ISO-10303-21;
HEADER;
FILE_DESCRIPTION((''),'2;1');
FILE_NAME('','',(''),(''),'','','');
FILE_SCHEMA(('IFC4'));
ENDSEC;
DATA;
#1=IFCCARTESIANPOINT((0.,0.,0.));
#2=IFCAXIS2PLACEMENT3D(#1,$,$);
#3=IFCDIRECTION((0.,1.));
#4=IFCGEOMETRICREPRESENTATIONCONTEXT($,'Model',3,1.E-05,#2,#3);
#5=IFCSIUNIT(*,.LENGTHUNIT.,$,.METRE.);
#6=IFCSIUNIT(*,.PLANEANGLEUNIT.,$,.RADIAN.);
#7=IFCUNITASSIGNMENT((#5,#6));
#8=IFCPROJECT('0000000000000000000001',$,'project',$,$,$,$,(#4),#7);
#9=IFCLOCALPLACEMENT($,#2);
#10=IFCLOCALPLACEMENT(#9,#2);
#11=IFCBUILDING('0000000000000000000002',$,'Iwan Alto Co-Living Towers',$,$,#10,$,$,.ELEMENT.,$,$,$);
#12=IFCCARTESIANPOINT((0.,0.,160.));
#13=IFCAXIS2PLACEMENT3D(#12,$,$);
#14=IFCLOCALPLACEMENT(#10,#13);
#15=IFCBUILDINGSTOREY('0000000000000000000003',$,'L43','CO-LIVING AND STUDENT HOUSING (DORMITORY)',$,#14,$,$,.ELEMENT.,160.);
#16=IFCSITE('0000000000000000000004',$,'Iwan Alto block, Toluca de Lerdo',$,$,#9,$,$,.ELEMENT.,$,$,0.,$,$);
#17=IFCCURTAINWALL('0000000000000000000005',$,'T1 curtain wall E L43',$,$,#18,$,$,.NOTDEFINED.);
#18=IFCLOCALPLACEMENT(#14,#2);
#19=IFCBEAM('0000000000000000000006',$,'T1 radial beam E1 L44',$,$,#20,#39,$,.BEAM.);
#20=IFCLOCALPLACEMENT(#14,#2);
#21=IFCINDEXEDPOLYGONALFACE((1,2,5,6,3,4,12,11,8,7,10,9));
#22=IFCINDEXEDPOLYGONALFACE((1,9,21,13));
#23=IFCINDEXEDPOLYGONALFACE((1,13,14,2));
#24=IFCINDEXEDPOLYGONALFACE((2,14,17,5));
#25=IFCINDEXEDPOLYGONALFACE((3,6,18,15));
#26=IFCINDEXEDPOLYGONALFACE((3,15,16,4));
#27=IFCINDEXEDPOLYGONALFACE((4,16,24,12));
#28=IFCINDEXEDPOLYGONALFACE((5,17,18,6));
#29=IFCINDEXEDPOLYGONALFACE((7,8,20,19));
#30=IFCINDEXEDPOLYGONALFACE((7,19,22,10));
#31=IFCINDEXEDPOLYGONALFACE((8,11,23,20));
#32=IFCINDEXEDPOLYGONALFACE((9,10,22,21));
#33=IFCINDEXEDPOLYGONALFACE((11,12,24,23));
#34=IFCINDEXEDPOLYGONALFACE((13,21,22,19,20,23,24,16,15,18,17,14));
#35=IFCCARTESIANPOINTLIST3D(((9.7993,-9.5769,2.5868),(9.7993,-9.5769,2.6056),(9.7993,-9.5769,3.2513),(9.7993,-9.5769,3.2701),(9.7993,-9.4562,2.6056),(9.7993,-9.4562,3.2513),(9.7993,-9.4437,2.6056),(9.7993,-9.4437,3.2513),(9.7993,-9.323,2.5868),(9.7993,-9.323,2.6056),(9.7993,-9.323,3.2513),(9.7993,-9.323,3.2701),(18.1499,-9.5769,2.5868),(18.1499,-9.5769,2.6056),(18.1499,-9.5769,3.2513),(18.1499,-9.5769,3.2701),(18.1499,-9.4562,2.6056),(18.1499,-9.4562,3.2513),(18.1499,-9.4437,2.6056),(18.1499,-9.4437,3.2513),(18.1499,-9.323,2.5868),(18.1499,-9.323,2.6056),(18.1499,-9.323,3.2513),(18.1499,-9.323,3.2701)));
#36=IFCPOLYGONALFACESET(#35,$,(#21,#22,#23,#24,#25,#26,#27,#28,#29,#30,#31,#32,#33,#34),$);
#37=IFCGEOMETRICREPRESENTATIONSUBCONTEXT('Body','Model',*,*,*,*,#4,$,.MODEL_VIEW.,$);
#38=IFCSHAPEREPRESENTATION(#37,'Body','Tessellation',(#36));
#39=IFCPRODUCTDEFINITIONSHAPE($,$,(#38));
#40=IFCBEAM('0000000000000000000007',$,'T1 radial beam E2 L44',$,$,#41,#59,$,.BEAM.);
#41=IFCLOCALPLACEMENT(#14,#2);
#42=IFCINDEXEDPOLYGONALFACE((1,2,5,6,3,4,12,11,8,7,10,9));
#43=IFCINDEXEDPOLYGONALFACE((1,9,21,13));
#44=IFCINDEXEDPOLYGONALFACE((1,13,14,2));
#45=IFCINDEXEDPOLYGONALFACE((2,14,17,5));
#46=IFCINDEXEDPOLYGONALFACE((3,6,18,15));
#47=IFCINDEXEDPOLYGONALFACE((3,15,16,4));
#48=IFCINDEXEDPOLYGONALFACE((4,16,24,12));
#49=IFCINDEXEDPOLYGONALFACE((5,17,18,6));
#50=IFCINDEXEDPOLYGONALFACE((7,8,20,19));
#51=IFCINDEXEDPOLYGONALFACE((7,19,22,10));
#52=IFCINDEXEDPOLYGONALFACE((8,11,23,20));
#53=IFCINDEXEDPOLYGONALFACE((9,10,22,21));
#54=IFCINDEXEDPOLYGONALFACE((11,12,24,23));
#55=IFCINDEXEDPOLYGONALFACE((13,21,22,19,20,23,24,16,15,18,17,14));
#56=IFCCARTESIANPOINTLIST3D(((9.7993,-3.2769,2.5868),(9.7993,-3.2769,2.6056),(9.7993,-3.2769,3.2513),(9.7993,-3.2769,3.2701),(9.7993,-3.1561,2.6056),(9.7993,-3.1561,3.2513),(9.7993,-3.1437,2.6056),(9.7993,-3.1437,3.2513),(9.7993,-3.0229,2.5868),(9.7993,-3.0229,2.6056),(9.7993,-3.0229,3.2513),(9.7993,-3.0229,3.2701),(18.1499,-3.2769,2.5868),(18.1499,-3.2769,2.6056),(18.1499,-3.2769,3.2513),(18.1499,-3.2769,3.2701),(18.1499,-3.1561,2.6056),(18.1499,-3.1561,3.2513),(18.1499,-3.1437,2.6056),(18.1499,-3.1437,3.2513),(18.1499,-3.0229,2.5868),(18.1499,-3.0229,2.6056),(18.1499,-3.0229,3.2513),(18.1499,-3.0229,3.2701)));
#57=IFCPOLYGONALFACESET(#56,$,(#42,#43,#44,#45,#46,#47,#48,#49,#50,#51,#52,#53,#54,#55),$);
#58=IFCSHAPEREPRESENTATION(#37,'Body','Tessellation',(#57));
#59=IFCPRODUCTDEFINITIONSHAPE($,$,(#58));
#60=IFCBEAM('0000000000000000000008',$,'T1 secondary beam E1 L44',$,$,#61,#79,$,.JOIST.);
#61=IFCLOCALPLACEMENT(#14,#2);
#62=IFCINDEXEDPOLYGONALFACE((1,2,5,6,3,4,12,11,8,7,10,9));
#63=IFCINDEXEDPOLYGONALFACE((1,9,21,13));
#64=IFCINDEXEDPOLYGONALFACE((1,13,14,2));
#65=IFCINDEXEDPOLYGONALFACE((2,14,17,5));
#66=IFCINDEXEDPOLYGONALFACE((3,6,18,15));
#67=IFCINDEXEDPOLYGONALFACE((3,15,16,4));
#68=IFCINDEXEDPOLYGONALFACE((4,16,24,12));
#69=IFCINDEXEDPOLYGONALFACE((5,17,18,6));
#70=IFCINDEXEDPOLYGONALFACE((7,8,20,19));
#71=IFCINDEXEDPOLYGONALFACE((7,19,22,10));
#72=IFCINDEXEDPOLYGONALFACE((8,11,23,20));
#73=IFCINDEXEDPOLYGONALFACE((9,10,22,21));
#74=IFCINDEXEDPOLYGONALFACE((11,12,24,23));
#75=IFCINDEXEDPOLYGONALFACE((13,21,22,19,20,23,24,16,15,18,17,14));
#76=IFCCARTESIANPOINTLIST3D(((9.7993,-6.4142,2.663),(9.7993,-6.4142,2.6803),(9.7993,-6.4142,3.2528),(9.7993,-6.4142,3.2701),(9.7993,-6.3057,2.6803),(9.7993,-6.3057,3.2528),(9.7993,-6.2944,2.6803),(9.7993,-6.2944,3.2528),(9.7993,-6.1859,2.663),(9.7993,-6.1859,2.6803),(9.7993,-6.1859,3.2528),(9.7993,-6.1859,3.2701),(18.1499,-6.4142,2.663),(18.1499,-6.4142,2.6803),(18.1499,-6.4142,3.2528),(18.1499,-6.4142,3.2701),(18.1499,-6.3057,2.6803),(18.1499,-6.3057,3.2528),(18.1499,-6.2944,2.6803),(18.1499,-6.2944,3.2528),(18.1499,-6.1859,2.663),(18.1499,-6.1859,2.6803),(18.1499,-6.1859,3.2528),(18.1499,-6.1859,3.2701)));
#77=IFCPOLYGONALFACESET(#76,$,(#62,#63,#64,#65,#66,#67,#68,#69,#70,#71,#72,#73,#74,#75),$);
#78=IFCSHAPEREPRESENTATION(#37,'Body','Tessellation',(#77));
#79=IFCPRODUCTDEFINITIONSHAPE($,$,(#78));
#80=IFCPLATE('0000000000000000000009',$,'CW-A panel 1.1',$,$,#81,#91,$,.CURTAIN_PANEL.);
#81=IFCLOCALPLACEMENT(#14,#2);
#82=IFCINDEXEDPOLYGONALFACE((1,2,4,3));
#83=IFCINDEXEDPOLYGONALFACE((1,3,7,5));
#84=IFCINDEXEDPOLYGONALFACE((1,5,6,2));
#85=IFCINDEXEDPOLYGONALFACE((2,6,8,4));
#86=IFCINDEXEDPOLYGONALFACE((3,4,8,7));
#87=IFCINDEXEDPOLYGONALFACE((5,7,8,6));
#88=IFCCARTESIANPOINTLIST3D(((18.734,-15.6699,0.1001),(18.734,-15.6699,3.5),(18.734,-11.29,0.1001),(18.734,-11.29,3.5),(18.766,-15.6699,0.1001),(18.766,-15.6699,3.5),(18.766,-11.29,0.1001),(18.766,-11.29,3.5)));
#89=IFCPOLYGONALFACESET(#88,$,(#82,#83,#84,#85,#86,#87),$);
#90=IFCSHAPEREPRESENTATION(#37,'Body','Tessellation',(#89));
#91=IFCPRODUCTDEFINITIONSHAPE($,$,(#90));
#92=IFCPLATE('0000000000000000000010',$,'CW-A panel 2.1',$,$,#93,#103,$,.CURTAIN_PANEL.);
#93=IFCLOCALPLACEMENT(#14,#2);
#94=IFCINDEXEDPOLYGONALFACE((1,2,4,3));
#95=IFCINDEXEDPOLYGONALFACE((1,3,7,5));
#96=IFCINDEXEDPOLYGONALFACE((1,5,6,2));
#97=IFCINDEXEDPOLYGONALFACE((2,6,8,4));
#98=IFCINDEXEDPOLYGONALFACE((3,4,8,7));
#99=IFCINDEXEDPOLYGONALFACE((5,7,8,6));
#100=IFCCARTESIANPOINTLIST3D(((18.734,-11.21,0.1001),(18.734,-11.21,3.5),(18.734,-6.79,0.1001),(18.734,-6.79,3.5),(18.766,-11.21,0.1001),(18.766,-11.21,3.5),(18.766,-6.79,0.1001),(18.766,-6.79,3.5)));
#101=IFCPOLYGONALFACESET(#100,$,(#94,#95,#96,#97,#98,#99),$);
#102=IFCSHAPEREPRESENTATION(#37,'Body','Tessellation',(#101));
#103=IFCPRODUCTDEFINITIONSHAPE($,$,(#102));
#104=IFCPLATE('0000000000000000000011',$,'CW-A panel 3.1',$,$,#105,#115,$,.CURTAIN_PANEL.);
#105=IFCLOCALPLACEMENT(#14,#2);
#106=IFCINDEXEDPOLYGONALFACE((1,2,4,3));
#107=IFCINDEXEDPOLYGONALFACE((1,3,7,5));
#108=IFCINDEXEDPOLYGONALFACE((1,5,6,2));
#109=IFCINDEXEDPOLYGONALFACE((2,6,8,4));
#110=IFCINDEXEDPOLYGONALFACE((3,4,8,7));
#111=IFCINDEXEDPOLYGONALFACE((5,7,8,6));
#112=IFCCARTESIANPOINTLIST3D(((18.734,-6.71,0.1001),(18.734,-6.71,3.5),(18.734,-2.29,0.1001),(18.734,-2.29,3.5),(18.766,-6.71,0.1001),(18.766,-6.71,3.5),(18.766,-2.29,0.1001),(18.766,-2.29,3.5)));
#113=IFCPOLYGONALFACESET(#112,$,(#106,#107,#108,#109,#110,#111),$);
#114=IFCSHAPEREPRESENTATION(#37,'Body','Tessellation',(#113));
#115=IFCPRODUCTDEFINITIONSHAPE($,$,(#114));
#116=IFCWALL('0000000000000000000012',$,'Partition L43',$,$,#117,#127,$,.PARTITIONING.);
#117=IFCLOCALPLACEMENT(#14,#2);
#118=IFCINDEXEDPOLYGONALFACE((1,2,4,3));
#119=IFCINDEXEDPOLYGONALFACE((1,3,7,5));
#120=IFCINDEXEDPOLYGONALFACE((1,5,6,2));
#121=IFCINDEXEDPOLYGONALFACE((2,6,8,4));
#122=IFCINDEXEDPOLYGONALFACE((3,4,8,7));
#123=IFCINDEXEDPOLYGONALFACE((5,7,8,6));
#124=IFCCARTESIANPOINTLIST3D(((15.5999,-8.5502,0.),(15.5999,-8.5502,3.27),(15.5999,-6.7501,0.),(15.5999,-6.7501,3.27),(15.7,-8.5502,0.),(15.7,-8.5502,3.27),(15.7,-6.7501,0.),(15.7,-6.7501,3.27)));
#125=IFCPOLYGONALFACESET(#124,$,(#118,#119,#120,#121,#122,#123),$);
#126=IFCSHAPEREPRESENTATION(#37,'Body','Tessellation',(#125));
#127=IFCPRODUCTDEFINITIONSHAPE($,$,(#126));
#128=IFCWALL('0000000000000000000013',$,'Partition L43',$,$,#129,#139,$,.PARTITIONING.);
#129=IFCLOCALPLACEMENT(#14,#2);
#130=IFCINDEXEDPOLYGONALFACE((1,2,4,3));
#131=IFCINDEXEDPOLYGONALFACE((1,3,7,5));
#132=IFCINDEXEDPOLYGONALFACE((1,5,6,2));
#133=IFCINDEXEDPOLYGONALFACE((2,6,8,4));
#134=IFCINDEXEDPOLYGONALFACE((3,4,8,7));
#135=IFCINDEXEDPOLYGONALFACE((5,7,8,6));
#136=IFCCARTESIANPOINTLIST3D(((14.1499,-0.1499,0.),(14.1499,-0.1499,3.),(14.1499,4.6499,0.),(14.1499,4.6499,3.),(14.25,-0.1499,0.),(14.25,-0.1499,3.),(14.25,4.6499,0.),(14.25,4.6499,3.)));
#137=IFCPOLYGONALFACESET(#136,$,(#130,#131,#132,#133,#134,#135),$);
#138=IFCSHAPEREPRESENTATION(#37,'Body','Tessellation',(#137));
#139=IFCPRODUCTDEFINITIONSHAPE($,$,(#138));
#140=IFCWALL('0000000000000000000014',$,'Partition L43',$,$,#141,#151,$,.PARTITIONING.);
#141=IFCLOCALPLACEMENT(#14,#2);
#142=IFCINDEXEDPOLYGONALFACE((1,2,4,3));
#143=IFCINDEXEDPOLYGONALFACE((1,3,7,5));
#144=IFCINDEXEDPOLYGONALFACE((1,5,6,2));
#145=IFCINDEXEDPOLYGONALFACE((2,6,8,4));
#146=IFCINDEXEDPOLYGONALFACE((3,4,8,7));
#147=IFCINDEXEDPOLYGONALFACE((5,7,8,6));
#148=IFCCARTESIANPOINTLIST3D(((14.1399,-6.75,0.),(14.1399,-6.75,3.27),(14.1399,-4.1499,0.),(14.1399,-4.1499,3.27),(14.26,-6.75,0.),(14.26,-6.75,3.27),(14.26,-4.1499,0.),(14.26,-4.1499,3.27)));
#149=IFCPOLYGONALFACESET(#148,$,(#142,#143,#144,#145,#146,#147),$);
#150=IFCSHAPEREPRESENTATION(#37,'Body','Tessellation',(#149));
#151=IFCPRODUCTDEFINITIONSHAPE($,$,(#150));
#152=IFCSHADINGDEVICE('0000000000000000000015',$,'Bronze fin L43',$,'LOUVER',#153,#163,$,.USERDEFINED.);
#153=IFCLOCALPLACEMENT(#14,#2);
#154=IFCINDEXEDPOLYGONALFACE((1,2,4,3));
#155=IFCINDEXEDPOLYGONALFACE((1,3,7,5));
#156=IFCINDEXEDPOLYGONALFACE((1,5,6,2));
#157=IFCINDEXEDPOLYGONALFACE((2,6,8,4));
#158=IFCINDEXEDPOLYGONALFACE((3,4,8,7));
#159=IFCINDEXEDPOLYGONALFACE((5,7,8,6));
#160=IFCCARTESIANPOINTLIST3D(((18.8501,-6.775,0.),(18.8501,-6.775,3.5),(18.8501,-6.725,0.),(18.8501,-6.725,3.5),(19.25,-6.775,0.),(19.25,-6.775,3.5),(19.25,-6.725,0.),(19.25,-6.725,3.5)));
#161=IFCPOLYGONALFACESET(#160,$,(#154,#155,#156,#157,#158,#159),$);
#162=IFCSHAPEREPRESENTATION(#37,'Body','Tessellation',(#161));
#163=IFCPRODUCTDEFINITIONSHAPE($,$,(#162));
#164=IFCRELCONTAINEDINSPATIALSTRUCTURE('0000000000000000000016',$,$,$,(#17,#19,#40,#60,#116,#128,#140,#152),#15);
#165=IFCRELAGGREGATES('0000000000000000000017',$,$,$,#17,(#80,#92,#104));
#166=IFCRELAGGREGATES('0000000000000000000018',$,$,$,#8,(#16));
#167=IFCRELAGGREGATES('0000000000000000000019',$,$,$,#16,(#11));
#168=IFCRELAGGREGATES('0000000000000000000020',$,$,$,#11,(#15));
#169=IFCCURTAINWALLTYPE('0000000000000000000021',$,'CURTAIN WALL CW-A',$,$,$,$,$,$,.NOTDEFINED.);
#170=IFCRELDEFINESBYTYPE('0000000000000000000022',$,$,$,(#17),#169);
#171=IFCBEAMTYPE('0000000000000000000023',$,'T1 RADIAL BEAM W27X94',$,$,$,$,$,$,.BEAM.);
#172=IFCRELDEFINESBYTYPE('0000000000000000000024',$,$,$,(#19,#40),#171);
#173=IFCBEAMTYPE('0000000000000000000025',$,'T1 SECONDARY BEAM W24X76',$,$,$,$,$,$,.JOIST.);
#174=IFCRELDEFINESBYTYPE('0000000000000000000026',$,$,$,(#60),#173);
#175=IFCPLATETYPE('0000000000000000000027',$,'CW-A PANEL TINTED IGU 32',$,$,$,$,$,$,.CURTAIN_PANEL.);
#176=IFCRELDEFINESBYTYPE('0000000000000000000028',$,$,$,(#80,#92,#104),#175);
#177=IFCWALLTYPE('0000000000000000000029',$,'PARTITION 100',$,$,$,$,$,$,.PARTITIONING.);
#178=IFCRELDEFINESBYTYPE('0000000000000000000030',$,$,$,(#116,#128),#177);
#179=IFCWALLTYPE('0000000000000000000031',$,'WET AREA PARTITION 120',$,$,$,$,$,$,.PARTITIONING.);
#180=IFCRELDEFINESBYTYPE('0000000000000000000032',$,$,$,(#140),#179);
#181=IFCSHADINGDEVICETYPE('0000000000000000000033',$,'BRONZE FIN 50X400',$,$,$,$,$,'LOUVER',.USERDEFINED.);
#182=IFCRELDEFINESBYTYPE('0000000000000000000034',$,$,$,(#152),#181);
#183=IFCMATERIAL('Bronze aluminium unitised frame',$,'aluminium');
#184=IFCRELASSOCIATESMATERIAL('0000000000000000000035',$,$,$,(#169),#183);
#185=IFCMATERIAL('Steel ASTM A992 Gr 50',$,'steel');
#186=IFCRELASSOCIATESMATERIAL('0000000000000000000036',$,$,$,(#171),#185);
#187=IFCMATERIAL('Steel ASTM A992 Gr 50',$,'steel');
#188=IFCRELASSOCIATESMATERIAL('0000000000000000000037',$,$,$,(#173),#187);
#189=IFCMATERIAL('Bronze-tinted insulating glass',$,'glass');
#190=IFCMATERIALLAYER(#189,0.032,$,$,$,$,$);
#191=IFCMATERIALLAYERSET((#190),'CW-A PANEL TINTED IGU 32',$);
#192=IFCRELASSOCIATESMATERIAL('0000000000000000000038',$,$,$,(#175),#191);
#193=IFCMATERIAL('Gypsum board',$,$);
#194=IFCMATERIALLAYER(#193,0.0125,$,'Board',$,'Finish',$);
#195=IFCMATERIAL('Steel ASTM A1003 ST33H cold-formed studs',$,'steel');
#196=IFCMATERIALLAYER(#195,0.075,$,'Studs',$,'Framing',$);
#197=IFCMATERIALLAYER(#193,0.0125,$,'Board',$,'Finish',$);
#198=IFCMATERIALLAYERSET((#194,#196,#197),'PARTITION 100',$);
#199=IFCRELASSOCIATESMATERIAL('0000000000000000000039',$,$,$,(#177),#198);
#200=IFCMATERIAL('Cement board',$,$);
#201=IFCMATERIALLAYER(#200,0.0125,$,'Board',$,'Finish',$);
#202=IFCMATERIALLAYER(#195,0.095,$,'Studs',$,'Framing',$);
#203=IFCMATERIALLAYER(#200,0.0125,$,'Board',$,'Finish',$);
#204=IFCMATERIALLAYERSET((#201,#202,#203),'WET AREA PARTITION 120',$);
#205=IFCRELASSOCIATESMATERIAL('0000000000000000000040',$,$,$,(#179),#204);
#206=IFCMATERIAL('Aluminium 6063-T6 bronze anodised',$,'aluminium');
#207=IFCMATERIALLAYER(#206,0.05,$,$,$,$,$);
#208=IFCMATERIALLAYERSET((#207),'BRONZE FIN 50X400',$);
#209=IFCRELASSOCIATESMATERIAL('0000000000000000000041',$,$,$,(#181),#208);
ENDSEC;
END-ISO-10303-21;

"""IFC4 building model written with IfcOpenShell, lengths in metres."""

from ifc_helpers import new_model, si_unit, direction, frame, frame_2d, origin, origin_2d, place, context, subcontext, project, spatial, rectangle, i_section, extrude, material, layer, layer_set, material_profile, profile_set, type_object, element, aggregate, save


model = new_model("IFC4")

# Units and contexts
model_context = context("Model", 3, precision=1e-05, world=origin(), true_north=direction((0.0, 1.0)))
body_context = subcontext(model_context, "Body", "Model", "MODEL_VIEW")
ifc_project = project(units=[si_unit("LENGTHUNIT", "METRE"), si_unit("PLANEANGLEUNIT", "RADIAN")], contexts=[model_context])

# Site, building, storey
site_placement = place(None, origin())
site = spatial("IfcSite", under=ifc_project, at=site_placement, Name="Iwan Alto block, Toluca de Lerdo", CompositionType="ELEMENT", RefElevation=0.0)
building_placement = place(site_placement, origin())
building = spatial("IfcBuilding", under=site, at=building_placement, Name="Iwan Alto Co-Living Towers", CompositionType="ELEMENT")
storey_placement = place(building_placement, frame((0.0, 0.0, 160.0)))
storey = spatial("IfcBuildingStorey", under=building, at=storey_placement, Name="L43", Description="CO-LIVING AND STUDENT HOUSING (DORMITORY)", CompositionType="ELEMENT", Elevation=160.0)

# Curtain wall
ifc_material_1 = material(Name="Bronze aluminium unitised frame", Category="aluminium")
curtain_wall_type = type_object("IfcCurtainWallType", Name="CURTAIN WALL CW-A", PredefinedType="NOTDEFINED", material=ifc_material_1)
curtain_wall_placement = place(storey_placement, origin())
curtain_wall = element("IfcCurtainWall", 1, at=curtain_wall_placement, inside=storey, type_object=curtain_wall_type, Name="T1 curtain wall E L43", PredefinedType="NOTDEFINED")

# Beams
ifc_material_2 = material(Name="Steel ASTM A992 Gr 50", Category="steel")
ifc_material_profile_1 = material_profile(ifc_material_2, i_section(OverallWidth=0.2539, OverallDepth=0.6833, WebThickness=0.0125, FlangeThickness=0.0188, at=origin_2d()), Name="W27X94")
ifc_profile_set_1 = profile_set([ifc_material_profile_1], Name="Steel ASTM A992 Gr 50")
beam_type_1 = type_object("IfcBeamType", Name="T1 RADIAL BEAM W27X94", PredefinedType="BEAM", material=ifc_profile_set_1)
for number, where, z_axis, x_axis, name in (
    (2, (18.1499, -9.45, 2.9285), (-1.0, 0.0, 0.0), (0.0, -1.0, 0.0), "T1 radial beam E1 L44"),
    (3, (18.1499, -3.1499, 2.9285), (-1.0, 0.0, 0.0), (0.0, -1.0, 0.0), "T1 radial beam E2 L44"),
):
    element("IfcBeam", number, at=place(storey_placement, frame(where, z_axis=z_axis, x_axis=x_axis)), inside=storey, type_object=beam_type_1, Name=name, PredefinedType="BEAM", context=body_context, shape_type="SweptSolid", body=[
        extrude(i_section(OverallWidth=0.2539, OverallDepth=0.6833, WebThickness=0.0125, FlangeThickness=0.0188, at=origin_2d()), origin(), (0.0, 0.0, 1.0), 8.3506),
    ])
ifc_material_3 = material(Name="Steel ASTM A992 Gr 50", Category="steel")
ifc_material_profile_2 = material_profile(ifc_material_3, i_section(OverallWidth=0.2283, OverallDepth=0.6072, WebThickness=0.0112, FlangeThickness=0.0173, at=origin_2d()), Name="W24X76")
ifc_profile_set_2 = profile_set([ifc_material_profile_2], Name="Steel ASTM A992 Gr 50")
beam_type_2 = type_object("IfcBeamType", Name="T1 SECONDARY BEAM W24X76", PredefinedType="JOIST", material=ifc_profile_set_2)
beam_1_placement = place(storey_placement, frame((18.1499, -6.3, 2.9666), z_axis=(-1.0, 0.0, 0.0), x_axis=(0.0, -1.0, 0.0)))
element("IfcBeam", 4, at=beam_1_placement, inside=storey, type_object=beam_type_2, Name="T1 secondary beam E1 L44", PredefinedType="JOIST", context=body_context, shape_type="SweptSolid", body=[
    extrude(i_section(OverallWidth=0.2283, OverallDepth=0.6072, WebThickness=0.0112, FlangeThickness=0.0173, at=origin_2d()), origin(), (0.0, 0.0, 1.0), 8.3506),
])

# Plates
ifc_material_4 = material(Name="Bronze-tinted insulating glass", Category="glass")
ifc_layer_1 = layer(ifc_material_4, 0.032)
ifc_layer_set_1 = layer_set([ifc_layer_1], Name="CW-A PANEL TINTED IGU 32")
plate_type = type_object("IfcPlateType", Name="CW-A PANEL TINTED IGU 32", PredefinedType="CURTAIN_PANEL", material=ifc_layer_set_1)
plate_1_placement = place(storey_placement, frame((18.75, -13.48, 0.1001), z_axis=(0.0, 0.0, 1.0), x_axis=(0.0, 1.0, 0.0)))
plate_1 = element("IfcPlate", 5, at=plate_1_placement, type_object=plate_type, Name="CW-A panel 1.1", PredefinedType="CURTAIN_PANEL", context=body_context, shape_type="SweptSolid", body=[
    extrude(rectangle(XDim=4.3799, YDim=0.032, at=origin_2d()), origin(), (0.0, 0.0, 1.0), 3.3999),
])
plate_2_placement = place(storey_placement, frame((18.75, -9.0, 0.1001), z_axis=(0.0, 0.0, 1.0), x_axis=(0.0, 1.0, 0.0)))
plate_2 = element("IfcPlate", 6, at=plate_2_placement, type_object=plate_type, Name="CW-A panel 2.1", PredefinedType="CURTAIN_PANEL", context=body_context, shape_type="SweptSolid", body=[
    extrude(rectangle(XDim=4.4199, YDim=0.032, at=origin_2d()), origin(), (0.0, 0.0, 1.0), 3.3999),
])
plate_3_placement = place(storey_placement, frame((18.75, -4.5, 0.1001), z_axis=(0.0, 0.0, 1.0), x_axis=(0.0, 1.0, 0.0)))
plate_3 = element("IfcPlate", 7, at=plate_3_placement, type_object=plate_type, Name="CW-A panel 3.1", PredefinedType="CURTAIN_PANEL", context=body_context, shape_type="SweptSolid", body=[
    extrude(rectangle(XDim=4.4199, YDim=0.032, at=origin_2d()), origin(), (0.0, 0.0, 1.0), 3.3999),
])
aggregate(curtain_wall, [plate_1, plate_2, plate_3])

# Walls
ifc_material_5 = material(Name="Gypsum board")
ifc_layer_2 = layer(ifc_material_5, 0.0125, Name="Board", Category="Finish")
ifc_material_6 = material(Name="Steel ASTM A1003 ST33H cold-formed studs", Category="steel")
ifc_layer_3 = layer(ifc_material_6, 0.075, Name="Studs", Category="Framing")
ifc_layer_4 = layer(ifc_material_5, 0.0125, Name="Board", Category="Finish")
ifc_layer_set_2 = layer_set([ifc_layer_2, ifc_layer_3, ifc_layer_4], Name="PARTITION 100")
wall_type_1 = type_object("IfcWallType", Name="PARTITION 100", PredefinedType="PARTITIONING", material=ifc_layer_set_2)
wall_1_placement = place(storey_placement, frame((15.6499, -8.55, 0.0), z_axis=(0.0, 0.0, 1.0), x_axis=(0.0, 1.0, 0.0)))
element("IfcWall", 8, at=wall_1_placement, inside=storey, type_object=wall_type_1, Name="Partition L43", PredefinedType="PARTITIONING", context=body_context, shape_type="SweptSolid", body=[
    extrude(rectangle(XDim=1.8, YDim=0.1001, at=frame_2d((0.8999, 0.0))), origin(), (0.0, 0.0, 1.0), 3.27),
])
wall_2_placement = place(storey_placement, frame((14.2, -0.1499, 0.0), z_axis=(0.0, 0.0, 1.0), x_axis=(0.0, 1.0, 0.0)))
element("IfcWall", 9, at=wall_2_placement, inside=storey, type_object=wall_type_1, Name="Partition L43", PredefinedType="PARTITIONING", context=body_context, shape_type="SweptSolid", body=[
    extrude(rectangle(XDim=4.7998, YDim=0.1001, at=frame_2d((2.3999, 0.0))), origin(), (0.0, 0.0, 1.0), 3.0),
])
ifc_material_7 = material(Name="Cement board")
ifc_layer_5 = layer(ifc_material_7, 0.0125, Name="Board", Category="Finish")
ifc_layer_6 = layer(ifc_material_6, 0.095, Name="Studs", Category="Framing")
ifc_layer_7 = layer(ifc_material_7, 0.0125, Name="Board", Category="Finish")
ifc_layer_set_3 = layer_set([ifc_layer_5, ifc_layer_6, ifc_layer_7], Name="WET AREA PARTITION 120")
wall_type_2 = type_object("IfcWallType", Name="WET AREA PARTITION 120", PredefinedType="PARTITIONING", material=ifc_layer_set_3)
wall_3_placement = place(storey_placement, frame((14.2, -6.75, 0.0), z_axis=(0.0, 0.0, 1.0), x_axis=(0.0, 1.0, 0.0)))
element("IfcWall", 10, at=wall_3_placement, inside=storey, type_object=wall_type_2, Name="Partition L43", PredefinedType="PARTITIONING", context=body_context, shape_type="SweptSolid", body=[
    extrude(rectangle(XDim=2.6001, YDim=0.1201, at=frame_2d((1.3, 0.0))), origin(), (0.0, 0.0, 1.0), 3.27),
])

# Shading device
ifc_material_8 = material(Name="Aluminium 6063-T6 bronze anodised", Category="aluminium")
ifc_layer_8 = layer(ifc_material_8, 0.05)
ifc_layer_set_4 = layer_set([ifc_layer_8], Name="BRONZE FIN 50X400")
shading_device_type = type_object("IfcShadingDeviceType", Name="BRONZE FIN 50X400", ElementType="LOUVER", PredefinedType="USERDEFINED", material=ifc_layer_set_4)
shading_device_placement = place(storey_placement, frame((19.05, -6.75, 0.0), z_axis=(0.0, 0.0, 1.0), x_axis=(0.0, 1.0, 0.0)))
element("IfcShadingDevice", 11, at=shading_device_placement, inside=storey, type_object=shading_device_type, Name="Bronze fin L43", ObjectType="LOUVER", PredefinedType="USERDEFINED", context=body_context, shape_type="SweptSolid", body=[
    extrude(rectangle(XDim=0.05, YDim=0.3999, at=origin_2d()), origin(), (0.0, 0.0, 1.0), 3.5),
])

save(model, "model.ifc")
